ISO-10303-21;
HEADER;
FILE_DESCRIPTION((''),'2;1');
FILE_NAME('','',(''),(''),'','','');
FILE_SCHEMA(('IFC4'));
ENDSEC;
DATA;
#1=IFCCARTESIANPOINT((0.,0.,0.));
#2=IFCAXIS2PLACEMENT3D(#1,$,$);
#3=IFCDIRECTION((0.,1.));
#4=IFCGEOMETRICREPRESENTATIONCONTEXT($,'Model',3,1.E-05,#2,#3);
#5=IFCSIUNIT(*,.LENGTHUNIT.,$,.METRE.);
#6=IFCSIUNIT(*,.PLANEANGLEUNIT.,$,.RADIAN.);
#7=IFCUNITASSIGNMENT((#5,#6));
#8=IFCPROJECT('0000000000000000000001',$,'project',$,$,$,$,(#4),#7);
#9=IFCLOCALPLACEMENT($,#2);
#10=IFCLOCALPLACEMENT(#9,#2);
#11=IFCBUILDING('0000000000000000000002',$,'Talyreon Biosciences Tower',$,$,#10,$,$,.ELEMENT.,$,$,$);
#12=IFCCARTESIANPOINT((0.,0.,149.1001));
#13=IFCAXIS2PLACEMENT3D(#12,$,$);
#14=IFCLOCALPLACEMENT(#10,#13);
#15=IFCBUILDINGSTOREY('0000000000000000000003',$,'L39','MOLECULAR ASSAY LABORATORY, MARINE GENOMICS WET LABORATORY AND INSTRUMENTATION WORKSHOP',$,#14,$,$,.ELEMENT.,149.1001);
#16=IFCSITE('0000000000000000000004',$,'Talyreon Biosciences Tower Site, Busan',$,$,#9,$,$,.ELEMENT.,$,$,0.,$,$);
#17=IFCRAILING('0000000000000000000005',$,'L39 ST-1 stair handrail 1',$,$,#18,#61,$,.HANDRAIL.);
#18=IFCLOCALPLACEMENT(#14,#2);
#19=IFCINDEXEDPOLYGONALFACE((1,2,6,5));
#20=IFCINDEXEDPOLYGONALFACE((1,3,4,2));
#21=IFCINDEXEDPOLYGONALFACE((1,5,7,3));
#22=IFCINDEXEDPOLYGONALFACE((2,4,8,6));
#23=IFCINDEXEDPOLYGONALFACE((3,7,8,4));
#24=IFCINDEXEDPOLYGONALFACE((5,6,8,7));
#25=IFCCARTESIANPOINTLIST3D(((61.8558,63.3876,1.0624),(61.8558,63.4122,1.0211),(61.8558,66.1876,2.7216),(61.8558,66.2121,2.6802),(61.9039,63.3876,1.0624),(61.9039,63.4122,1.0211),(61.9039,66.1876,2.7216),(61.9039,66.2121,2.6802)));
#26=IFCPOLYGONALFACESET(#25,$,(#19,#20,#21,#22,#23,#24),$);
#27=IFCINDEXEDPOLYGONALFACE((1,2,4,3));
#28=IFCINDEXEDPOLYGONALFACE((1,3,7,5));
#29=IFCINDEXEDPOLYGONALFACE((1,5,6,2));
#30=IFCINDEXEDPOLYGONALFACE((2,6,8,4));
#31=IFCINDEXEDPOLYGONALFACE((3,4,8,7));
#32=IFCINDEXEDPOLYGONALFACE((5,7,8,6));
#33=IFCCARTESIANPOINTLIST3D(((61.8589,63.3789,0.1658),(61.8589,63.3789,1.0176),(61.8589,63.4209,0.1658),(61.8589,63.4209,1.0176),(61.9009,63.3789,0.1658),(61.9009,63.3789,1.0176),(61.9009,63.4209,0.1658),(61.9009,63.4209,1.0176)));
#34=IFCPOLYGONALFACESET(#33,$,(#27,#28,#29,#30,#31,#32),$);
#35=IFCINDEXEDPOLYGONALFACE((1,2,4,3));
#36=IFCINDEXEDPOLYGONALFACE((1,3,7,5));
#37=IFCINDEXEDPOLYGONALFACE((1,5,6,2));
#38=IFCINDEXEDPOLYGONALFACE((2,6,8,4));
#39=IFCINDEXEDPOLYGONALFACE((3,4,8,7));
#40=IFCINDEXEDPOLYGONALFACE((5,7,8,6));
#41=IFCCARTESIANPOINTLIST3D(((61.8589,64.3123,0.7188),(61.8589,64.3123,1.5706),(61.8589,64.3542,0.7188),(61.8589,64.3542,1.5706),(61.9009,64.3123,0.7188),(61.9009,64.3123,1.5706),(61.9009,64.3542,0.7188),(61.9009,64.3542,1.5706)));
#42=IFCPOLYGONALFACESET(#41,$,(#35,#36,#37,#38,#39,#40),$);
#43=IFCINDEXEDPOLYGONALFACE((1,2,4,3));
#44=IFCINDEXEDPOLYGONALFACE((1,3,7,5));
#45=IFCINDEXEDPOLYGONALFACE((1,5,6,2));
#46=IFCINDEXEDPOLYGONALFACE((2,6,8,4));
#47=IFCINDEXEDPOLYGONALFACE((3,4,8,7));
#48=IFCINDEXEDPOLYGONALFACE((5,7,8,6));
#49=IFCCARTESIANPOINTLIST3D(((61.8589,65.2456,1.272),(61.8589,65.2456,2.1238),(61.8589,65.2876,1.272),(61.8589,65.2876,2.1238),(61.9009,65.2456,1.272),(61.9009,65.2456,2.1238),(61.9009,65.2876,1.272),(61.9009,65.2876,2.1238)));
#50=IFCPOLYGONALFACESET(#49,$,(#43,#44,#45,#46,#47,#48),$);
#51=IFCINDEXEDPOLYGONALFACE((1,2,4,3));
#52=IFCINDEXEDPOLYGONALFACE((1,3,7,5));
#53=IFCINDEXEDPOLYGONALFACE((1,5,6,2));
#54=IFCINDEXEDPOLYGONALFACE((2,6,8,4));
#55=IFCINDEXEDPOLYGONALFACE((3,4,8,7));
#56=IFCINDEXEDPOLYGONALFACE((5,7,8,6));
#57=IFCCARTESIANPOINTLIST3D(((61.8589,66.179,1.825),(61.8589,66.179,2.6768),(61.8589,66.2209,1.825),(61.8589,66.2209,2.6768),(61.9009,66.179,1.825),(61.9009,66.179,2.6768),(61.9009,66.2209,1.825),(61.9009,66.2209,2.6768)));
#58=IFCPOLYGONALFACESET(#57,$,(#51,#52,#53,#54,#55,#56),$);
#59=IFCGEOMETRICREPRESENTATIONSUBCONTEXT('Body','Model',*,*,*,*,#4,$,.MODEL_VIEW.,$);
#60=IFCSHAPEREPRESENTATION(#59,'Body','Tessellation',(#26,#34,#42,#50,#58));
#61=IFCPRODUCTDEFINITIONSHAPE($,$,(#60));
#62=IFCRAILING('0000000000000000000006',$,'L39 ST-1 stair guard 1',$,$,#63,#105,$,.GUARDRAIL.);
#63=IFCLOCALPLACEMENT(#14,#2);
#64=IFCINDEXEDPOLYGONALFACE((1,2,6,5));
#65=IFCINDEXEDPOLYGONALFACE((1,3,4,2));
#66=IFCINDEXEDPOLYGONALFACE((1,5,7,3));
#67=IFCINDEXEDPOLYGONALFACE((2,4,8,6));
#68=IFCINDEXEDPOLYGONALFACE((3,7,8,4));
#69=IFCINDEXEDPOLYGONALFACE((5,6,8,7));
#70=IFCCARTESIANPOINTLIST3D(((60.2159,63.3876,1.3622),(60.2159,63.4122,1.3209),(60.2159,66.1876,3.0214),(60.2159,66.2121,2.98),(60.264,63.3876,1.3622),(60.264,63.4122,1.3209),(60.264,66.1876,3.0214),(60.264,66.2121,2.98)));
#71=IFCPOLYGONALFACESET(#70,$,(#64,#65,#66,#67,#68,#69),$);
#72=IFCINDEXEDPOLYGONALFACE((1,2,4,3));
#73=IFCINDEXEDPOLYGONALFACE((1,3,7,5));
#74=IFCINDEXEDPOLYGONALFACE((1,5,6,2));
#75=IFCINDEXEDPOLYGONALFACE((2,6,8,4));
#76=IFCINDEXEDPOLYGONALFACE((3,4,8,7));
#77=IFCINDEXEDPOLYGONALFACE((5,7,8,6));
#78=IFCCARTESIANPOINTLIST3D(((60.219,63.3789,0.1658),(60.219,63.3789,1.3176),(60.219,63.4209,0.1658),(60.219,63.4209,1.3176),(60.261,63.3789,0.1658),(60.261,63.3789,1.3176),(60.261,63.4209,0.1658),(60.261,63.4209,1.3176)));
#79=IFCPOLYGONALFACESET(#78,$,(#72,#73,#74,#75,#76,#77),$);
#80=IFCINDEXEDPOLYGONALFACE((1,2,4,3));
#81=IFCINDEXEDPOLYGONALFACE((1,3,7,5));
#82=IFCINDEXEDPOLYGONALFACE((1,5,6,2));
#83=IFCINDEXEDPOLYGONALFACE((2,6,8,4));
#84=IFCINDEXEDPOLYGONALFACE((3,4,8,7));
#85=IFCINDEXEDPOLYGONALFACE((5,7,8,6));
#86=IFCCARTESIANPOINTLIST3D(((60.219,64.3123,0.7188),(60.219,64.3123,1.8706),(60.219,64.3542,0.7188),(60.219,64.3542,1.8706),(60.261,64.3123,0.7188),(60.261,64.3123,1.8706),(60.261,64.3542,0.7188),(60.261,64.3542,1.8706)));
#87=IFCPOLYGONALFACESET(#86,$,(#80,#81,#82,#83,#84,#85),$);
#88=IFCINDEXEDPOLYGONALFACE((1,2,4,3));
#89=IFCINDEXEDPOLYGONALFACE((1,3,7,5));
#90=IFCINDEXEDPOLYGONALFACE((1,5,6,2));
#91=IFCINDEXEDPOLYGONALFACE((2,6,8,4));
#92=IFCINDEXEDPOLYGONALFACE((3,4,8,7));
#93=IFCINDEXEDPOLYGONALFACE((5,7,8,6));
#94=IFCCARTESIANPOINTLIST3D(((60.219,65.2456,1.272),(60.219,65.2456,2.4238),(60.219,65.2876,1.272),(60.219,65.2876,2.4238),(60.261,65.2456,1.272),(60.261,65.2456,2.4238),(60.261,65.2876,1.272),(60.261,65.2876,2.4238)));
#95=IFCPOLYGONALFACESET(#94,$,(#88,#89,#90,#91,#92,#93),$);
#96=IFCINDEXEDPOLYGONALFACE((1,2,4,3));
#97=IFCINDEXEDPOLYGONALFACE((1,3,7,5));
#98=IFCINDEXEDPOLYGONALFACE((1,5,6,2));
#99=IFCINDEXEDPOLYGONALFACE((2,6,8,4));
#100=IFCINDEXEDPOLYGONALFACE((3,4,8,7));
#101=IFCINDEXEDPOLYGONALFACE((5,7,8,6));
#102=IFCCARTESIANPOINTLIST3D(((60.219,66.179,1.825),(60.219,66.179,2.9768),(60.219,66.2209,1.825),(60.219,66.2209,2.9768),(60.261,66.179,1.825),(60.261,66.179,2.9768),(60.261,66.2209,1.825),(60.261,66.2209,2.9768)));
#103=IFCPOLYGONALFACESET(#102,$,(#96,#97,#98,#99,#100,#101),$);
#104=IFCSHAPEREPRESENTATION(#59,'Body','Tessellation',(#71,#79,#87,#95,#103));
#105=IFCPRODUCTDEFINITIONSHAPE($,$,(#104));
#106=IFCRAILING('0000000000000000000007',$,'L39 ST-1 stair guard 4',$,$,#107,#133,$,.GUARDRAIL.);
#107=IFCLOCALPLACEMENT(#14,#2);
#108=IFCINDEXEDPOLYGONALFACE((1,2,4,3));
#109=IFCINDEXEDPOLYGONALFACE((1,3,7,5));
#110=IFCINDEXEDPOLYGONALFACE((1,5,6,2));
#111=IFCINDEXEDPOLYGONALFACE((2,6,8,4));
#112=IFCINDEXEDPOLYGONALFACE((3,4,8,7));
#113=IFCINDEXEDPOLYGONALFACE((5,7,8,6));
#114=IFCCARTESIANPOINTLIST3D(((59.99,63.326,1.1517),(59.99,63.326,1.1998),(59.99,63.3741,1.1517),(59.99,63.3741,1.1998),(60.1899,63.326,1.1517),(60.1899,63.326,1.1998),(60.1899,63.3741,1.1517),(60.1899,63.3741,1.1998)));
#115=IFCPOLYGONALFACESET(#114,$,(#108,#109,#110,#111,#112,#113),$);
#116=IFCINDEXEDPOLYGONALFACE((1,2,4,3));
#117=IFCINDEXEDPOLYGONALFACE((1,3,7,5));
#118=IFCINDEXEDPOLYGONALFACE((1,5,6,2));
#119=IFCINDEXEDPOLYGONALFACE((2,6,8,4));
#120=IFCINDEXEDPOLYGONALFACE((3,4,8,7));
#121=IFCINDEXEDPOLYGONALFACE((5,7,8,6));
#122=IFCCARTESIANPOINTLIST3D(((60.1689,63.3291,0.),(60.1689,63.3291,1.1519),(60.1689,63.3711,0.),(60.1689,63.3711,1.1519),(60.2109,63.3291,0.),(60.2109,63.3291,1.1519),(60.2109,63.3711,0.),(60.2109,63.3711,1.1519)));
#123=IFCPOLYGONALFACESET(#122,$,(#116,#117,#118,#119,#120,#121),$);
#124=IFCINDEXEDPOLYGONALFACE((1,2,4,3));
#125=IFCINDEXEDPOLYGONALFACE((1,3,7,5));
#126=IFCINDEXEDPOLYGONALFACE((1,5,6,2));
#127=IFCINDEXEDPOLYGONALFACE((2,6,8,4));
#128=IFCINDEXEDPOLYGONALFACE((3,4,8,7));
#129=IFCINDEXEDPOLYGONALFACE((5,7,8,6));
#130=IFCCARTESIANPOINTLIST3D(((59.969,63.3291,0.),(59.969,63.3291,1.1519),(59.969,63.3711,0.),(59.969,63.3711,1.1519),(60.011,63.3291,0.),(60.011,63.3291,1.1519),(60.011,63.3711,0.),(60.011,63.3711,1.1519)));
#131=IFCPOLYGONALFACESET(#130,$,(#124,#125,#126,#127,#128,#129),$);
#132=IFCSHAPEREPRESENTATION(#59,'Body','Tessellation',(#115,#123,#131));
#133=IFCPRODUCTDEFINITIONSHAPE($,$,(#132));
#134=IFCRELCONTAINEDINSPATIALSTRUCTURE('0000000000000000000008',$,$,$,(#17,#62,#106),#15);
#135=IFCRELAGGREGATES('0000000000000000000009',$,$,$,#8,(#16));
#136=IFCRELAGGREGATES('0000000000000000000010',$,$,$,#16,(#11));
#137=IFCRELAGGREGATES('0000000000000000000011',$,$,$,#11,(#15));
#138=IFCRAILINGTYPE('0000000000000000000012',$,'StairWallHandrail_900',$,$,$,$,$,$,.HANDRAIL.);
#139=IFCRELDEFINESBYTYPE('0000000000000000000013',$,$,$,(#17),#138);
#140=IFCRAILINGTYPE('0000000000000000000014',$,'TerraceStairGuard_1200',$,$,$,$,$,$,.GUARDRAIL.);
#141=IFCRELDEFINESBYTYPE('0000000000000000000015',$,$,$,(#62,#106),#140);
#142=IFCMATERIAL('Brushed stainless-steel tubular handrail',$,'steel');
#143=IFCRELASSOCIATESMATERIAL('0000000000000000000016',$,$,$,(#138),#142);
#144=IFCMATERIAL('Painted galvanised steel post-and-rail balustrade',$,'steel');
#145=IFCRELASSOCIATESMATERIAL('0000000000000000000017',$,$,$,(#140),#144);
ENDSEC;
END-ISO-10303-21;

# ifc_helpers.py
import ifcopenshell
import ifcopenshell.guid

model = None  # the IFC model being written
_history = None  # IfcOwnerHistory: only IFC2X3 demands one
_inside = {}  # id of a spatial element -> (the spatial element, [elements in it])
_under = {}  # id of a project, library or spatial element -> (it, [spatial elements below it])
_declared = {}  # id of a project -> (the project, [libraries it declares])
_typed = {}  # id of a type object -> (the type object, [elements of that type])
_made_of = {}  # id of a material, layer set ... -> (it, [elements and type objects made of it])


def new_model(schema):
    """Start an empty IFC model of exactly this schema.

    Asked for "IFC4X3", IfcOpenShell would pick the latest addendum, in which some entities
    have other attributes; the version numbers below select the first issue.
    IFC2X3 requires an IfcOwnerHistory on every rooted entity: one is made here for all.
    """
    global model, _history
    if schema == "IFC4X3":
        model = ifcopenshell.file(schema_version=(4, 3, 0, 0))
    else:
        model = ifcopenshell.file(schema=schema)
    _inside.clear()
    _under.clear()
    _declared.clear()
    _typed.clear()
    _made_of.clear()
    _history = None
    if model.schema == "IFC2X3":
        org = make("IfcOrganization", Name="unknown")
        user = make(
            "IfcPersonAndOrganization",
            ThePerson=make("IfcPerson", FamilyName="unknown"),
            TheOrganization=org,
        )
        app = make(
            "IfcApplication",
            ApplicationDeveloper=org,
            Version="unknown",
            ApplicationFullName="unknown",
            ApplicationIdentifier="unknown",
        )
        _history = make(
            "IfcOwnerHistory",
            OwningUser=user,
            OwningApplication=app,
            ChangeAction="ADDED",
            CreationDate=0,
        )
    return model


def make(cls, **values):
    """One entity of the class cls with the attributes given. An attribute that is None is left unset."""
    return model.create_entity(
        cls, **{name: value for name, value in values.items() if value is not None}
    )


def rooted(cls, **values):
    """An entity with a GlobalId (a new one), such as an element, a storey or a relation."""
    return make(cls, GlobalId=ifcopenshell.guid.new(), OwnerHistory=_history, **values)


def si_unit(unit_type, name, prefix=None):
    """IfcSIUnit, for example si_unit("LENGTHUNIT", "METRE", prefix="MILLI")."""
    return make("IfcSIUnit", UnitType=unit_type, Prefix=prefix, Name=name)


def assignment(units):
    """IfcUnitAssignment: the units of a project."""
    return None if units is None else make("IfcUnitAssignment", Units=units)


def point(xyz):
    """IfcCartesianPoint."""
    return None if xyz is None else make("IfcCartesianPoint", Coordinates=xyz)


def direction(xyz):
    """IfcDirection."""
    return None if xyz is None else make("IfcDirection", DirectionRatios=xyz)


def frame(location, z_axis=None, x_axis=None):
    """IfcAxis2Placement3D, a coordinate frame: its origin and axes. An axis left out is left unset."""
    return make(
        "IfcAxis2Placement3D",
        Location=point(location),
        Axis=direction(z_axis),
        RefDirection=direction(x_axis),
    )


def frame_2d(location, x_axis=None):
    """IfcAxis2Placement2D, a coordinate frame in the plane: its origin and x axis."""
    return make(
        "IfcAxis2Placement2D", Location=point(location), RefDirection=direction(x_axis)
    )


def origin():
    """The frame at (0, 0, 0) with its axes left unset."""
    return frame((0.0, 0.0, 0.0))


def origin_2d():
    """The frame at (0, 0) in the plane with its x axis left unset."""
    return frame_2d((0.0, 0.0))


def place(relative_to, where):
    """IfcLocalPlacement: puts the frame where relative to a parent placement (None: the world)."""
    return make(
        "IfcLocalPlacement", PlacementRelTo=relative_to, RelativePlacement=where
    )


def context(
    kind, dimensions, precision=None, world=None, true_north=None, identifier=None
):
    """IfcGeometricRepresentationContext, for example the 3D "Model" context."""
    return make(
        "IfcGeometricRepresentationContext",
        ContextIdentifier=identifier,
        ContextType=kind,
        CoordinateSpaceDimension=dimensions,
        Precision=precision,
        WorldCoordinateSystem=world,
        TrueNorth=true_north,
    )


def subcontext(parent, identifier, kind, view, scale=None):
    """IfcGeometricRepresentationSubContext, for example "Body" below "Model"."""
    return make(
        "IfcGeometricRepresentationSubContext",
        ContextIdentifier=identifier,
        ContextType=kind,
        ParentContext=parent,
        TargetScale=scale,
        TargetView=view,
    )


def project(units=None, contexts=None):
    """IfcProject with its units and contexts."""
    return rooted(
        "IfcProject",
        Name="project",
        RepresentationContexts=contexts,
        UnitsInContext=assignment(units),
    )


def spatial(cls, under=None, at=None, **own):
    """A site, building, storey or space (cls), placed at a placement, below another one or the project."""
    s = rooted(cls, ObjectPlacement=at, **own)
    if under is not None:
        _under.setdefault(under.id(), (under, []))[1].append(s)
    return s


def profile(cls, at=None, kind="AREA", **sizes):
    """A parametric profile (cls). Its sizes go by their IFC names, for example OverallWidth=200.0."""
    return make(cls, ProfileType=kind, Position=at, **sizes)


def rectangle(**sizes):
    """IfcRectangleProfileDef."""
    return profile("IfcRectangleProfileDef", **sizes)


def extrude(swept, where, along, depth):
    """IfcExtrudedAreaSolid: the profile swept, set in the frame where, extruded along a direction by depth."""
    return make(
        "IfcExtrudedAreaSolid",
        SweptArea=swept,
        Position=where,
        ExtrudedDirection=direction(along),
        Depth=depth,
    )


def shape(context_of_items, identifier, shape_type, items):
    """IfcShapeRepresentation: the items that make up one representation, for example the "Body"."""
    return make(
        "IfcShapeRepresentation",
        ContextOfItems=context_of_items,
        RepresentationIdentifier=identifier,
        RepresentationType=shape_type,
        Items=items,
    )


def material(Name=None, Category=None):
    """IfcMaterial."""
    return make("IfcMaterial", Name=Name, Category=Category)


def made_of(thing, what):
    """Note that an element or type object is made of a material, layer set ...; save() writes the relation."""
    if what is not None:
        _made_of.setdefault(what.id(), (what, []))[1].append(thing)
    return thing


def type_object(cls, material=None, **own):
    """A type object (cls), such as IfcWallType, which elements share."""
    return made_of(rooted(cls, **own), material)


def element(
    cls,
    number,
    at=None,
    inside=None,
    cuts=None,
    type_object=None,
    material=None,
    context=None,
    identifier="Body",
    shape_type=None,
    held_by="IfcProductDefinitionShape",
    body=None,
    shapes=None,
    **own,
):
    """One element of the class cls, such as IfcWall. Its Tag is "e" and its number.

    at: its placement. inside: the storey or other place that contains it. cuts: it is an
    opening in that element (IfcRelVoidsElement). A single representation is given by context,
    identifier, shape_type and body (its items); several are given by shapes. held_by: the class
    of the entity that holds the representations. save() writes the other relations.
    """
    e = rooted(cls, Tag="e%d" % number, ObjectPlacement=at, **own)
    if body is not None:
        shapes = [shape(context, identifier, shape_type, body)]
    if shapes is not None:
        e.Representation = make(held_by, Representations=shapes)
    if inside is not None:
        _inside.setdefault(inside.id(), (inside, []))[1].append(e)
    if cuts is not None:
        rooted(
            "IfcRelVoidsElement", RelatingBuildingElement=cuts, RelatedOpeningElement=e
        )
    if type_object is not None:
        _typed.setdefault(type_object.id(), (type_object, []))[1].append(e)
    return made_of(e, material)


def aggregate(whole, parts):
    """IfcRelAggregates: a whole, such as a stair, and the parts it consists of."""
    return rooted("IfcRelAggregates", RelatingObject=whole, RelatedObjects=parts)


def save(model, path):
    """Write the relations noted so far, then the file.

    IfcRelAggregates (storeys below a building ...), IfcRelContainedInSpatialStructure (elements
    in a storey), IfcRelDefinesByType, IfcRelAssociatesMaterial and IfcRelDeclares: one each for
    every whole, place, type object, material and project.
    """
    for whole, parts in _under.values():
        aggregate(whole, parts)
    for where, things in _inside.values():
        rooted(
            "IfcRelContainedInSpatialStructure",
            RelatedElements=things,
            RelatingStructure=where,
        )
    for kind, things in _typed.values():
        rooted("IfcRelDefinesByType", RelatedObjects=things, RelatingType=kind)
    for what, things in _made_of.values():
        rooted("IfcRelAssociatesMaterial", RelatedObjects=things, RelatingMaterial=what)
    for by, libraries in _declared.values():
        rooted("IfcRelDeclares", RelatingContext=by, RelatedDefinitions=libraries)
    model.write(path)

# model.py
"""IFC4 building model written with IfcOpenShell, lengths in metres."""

from ifc_helpers import new_model, si_unit, direction, frame, origin, origin_2d, place, context, subcontext, project, spatial, rectangle, extrude, material, type_object, element, save


model = new_model("IFC4")

# Units and contexts
model_context = context("Model", 3, precision=1e-05, world=origin(), true_north=direction((0.0, 1.0)))
body_context = subcontext(model_context, "Body", "Model", "MODEL_VIEW")
ifc_project = project(units=[si_unit("LENGTHUNIT", "METRE"), si_unit("PLANEANGLEUNIT", "RADIAN")], contexts=[model_context])

# Site, building, storey
site_placement = place(None, origin())
site = spatial("IfcSite", under=ifc_project, at=site_placement, Name="Talyreon Biosciences Tower Site, Busan", CompositionType="ELEMENT", RefElevation=0.0)
building_placement = place(site_placement, origin())
building = spatial("IfcBuilding", under=site, at=building_placement, Name="Talyreon Biosciences Tower", CompositionType="ELEMENT")
storey_placement = place(building_placement, frame((0.0, 0.0, 149.1001)))
storey = spatial("IfcBuildingStorey", under=building, at=storey_placement, Name="L39", Description="MOLECULAR ASSAY LABORATORY, MARINE GENOMICS WET LABORATORY AND INSTRUMENTATION WORKSHOP", CompositionType="ELEMENT", Elevation=149.1001)

# Railings
ifc_material_1 = material(Name="Brushed stainless-steel tubular handrail", Category="steel")
railing_type_1 = type_object("IfcRailingType", Name="StairWallHandrail_900", PredefinedType="HANDRAIL", material=ifc_material_1)
railing_1_placement = place(storey_placement, frame((61.8799, 63.3999, 0.1658)))
element("IfcRailing", 1, at=railing_1_placement, inside=storey, type_object=railing_type_1, Name="L39 ST-1 stair handrail 1", PredefinedType="HANDRAIL", context=body_context, shape_type="SweptSolid", body=[
    extrude(rectangle(XDim=0.0481, YDim=0.0481, at=origin_2d()), frame((0.0, 0.0, 0.876), z_axis=(0.0, 0.860306, 0.509778), x_axis=(-1.0, 0.0, 0.0)), (0.0, 0.0, 1.0), 3.2546),
    extrude(rectangle(XDim=0.042, YDim=0.042, at=origin_2d()), origin(), (0.0, 0.0, 1.0), 0.8518),
    extrude(rectangle(XDim=0.042, YDim=0.042, at=origin_2d()), frame((0.0, 0.9333, 0.553)), (0.0, 0.0, 1.0), 0.8518),
    extrude(rectangle(XDim=0.042, YDim=0.042, at=origin_2d()), frame((0.0, 1.8667, 1.1062)), (0.0, 0.0, 1.0), 0.8518),
    extrude(rectangle(XDim=0.042, YDim=0.042, at=origin_2d()), frame((0.0, 2.8, 1.6592)), (0.0, 0.0, 1.0), 0.8518),
])
ifc_material_2 = material(Name="Painted galvanised steel post-and-rail balustrade", Category="steel")
railing_type_2 = type_object("IfcRailingType", Name="TerraceStairGuard_1200", PredefinedType="GUARDRAIL", material=ifc_material_2)
railing_2_placement = place(storey_placement, frame((60.24, 63.3999, 0.1658)))
element("IfcRailing", 2, at=railing_2_placement, inside=storey, type_object=railing_type_2, Name="L39 ST-1 stair guard 1", PredefinedType="GUARDRAIL", context=body_context, shape_type="SweptSolid", body=[
    extrude(rectangle(XDim=0.0481, YDim=0.0481, at=origin_2d()), frame((0.0, 0.0, 1.1758), z_axis=(0.0, 0.860306, 0.509778), x_axis=(-1.0, 0.0, 0.0)), (0.0, 0.0, 1.0), 3.2546),
    extrude(rectangle(XDim=0.042, YDim=0.042, at=origin_2d()), origin(), (0.0, 0.0, 1.0), 1.1519),
    extrude(rectangle(XDim=0.042, YDim=0.042, at=origin_2d()), frame((0.0, 0.9333, 0.553)), (0.0, 0.0, 1.0), 1.1519),
    extrude(rectangle(XDim=0.042, YDim=0.042, at=origin_2d()), frame((0.0, 1.8667, 1.1062)), (0.0, 0.0, 1.0), 1.1519),
    extrude(rectangle(XDim=0.042, YDim=0.042, at=origin_2d()), frame((0.0, 2.8, 1.6592)), (0.0, 0.0, 1.0), 1.1519),
])
railing_3_placement = place(storey_placement, frame((60.1899, 63.3501, 0.0)))
element("IfcRailing", 3, at=railing_3_placement, inside=storey, type_object=railing_type_2, Name="L39 ST-1 stair guard 4", PredefinedType="GUARDRAIL", context=body_context, shape_type="SweptSolid", body=[
    extrude(rectangle(XDim=0.0481, YDim=0.0481, at=origin_2d()), frame((0.0, 0.0, 1.1758), z_axis=(-1.0, 0.0, 0.0), x_axis=(0.0, -1.0, 0.0)), (0.0, 0.0, 1.0), 0.2),
    extrude(rectangle(XDim=0.042, YDim=0.042, at=origin_2d()), origin(), (0.0, 0.0, 1.0), 1.1519),
    extrude(rectangle(XDim=0.042, YDim=0.042, at=origin_2d()), frame((-0.2, 0.0, 0.0)), (0.0, 0.0, 1.0), 1.1519),
])

save(model, "model.ifc")
